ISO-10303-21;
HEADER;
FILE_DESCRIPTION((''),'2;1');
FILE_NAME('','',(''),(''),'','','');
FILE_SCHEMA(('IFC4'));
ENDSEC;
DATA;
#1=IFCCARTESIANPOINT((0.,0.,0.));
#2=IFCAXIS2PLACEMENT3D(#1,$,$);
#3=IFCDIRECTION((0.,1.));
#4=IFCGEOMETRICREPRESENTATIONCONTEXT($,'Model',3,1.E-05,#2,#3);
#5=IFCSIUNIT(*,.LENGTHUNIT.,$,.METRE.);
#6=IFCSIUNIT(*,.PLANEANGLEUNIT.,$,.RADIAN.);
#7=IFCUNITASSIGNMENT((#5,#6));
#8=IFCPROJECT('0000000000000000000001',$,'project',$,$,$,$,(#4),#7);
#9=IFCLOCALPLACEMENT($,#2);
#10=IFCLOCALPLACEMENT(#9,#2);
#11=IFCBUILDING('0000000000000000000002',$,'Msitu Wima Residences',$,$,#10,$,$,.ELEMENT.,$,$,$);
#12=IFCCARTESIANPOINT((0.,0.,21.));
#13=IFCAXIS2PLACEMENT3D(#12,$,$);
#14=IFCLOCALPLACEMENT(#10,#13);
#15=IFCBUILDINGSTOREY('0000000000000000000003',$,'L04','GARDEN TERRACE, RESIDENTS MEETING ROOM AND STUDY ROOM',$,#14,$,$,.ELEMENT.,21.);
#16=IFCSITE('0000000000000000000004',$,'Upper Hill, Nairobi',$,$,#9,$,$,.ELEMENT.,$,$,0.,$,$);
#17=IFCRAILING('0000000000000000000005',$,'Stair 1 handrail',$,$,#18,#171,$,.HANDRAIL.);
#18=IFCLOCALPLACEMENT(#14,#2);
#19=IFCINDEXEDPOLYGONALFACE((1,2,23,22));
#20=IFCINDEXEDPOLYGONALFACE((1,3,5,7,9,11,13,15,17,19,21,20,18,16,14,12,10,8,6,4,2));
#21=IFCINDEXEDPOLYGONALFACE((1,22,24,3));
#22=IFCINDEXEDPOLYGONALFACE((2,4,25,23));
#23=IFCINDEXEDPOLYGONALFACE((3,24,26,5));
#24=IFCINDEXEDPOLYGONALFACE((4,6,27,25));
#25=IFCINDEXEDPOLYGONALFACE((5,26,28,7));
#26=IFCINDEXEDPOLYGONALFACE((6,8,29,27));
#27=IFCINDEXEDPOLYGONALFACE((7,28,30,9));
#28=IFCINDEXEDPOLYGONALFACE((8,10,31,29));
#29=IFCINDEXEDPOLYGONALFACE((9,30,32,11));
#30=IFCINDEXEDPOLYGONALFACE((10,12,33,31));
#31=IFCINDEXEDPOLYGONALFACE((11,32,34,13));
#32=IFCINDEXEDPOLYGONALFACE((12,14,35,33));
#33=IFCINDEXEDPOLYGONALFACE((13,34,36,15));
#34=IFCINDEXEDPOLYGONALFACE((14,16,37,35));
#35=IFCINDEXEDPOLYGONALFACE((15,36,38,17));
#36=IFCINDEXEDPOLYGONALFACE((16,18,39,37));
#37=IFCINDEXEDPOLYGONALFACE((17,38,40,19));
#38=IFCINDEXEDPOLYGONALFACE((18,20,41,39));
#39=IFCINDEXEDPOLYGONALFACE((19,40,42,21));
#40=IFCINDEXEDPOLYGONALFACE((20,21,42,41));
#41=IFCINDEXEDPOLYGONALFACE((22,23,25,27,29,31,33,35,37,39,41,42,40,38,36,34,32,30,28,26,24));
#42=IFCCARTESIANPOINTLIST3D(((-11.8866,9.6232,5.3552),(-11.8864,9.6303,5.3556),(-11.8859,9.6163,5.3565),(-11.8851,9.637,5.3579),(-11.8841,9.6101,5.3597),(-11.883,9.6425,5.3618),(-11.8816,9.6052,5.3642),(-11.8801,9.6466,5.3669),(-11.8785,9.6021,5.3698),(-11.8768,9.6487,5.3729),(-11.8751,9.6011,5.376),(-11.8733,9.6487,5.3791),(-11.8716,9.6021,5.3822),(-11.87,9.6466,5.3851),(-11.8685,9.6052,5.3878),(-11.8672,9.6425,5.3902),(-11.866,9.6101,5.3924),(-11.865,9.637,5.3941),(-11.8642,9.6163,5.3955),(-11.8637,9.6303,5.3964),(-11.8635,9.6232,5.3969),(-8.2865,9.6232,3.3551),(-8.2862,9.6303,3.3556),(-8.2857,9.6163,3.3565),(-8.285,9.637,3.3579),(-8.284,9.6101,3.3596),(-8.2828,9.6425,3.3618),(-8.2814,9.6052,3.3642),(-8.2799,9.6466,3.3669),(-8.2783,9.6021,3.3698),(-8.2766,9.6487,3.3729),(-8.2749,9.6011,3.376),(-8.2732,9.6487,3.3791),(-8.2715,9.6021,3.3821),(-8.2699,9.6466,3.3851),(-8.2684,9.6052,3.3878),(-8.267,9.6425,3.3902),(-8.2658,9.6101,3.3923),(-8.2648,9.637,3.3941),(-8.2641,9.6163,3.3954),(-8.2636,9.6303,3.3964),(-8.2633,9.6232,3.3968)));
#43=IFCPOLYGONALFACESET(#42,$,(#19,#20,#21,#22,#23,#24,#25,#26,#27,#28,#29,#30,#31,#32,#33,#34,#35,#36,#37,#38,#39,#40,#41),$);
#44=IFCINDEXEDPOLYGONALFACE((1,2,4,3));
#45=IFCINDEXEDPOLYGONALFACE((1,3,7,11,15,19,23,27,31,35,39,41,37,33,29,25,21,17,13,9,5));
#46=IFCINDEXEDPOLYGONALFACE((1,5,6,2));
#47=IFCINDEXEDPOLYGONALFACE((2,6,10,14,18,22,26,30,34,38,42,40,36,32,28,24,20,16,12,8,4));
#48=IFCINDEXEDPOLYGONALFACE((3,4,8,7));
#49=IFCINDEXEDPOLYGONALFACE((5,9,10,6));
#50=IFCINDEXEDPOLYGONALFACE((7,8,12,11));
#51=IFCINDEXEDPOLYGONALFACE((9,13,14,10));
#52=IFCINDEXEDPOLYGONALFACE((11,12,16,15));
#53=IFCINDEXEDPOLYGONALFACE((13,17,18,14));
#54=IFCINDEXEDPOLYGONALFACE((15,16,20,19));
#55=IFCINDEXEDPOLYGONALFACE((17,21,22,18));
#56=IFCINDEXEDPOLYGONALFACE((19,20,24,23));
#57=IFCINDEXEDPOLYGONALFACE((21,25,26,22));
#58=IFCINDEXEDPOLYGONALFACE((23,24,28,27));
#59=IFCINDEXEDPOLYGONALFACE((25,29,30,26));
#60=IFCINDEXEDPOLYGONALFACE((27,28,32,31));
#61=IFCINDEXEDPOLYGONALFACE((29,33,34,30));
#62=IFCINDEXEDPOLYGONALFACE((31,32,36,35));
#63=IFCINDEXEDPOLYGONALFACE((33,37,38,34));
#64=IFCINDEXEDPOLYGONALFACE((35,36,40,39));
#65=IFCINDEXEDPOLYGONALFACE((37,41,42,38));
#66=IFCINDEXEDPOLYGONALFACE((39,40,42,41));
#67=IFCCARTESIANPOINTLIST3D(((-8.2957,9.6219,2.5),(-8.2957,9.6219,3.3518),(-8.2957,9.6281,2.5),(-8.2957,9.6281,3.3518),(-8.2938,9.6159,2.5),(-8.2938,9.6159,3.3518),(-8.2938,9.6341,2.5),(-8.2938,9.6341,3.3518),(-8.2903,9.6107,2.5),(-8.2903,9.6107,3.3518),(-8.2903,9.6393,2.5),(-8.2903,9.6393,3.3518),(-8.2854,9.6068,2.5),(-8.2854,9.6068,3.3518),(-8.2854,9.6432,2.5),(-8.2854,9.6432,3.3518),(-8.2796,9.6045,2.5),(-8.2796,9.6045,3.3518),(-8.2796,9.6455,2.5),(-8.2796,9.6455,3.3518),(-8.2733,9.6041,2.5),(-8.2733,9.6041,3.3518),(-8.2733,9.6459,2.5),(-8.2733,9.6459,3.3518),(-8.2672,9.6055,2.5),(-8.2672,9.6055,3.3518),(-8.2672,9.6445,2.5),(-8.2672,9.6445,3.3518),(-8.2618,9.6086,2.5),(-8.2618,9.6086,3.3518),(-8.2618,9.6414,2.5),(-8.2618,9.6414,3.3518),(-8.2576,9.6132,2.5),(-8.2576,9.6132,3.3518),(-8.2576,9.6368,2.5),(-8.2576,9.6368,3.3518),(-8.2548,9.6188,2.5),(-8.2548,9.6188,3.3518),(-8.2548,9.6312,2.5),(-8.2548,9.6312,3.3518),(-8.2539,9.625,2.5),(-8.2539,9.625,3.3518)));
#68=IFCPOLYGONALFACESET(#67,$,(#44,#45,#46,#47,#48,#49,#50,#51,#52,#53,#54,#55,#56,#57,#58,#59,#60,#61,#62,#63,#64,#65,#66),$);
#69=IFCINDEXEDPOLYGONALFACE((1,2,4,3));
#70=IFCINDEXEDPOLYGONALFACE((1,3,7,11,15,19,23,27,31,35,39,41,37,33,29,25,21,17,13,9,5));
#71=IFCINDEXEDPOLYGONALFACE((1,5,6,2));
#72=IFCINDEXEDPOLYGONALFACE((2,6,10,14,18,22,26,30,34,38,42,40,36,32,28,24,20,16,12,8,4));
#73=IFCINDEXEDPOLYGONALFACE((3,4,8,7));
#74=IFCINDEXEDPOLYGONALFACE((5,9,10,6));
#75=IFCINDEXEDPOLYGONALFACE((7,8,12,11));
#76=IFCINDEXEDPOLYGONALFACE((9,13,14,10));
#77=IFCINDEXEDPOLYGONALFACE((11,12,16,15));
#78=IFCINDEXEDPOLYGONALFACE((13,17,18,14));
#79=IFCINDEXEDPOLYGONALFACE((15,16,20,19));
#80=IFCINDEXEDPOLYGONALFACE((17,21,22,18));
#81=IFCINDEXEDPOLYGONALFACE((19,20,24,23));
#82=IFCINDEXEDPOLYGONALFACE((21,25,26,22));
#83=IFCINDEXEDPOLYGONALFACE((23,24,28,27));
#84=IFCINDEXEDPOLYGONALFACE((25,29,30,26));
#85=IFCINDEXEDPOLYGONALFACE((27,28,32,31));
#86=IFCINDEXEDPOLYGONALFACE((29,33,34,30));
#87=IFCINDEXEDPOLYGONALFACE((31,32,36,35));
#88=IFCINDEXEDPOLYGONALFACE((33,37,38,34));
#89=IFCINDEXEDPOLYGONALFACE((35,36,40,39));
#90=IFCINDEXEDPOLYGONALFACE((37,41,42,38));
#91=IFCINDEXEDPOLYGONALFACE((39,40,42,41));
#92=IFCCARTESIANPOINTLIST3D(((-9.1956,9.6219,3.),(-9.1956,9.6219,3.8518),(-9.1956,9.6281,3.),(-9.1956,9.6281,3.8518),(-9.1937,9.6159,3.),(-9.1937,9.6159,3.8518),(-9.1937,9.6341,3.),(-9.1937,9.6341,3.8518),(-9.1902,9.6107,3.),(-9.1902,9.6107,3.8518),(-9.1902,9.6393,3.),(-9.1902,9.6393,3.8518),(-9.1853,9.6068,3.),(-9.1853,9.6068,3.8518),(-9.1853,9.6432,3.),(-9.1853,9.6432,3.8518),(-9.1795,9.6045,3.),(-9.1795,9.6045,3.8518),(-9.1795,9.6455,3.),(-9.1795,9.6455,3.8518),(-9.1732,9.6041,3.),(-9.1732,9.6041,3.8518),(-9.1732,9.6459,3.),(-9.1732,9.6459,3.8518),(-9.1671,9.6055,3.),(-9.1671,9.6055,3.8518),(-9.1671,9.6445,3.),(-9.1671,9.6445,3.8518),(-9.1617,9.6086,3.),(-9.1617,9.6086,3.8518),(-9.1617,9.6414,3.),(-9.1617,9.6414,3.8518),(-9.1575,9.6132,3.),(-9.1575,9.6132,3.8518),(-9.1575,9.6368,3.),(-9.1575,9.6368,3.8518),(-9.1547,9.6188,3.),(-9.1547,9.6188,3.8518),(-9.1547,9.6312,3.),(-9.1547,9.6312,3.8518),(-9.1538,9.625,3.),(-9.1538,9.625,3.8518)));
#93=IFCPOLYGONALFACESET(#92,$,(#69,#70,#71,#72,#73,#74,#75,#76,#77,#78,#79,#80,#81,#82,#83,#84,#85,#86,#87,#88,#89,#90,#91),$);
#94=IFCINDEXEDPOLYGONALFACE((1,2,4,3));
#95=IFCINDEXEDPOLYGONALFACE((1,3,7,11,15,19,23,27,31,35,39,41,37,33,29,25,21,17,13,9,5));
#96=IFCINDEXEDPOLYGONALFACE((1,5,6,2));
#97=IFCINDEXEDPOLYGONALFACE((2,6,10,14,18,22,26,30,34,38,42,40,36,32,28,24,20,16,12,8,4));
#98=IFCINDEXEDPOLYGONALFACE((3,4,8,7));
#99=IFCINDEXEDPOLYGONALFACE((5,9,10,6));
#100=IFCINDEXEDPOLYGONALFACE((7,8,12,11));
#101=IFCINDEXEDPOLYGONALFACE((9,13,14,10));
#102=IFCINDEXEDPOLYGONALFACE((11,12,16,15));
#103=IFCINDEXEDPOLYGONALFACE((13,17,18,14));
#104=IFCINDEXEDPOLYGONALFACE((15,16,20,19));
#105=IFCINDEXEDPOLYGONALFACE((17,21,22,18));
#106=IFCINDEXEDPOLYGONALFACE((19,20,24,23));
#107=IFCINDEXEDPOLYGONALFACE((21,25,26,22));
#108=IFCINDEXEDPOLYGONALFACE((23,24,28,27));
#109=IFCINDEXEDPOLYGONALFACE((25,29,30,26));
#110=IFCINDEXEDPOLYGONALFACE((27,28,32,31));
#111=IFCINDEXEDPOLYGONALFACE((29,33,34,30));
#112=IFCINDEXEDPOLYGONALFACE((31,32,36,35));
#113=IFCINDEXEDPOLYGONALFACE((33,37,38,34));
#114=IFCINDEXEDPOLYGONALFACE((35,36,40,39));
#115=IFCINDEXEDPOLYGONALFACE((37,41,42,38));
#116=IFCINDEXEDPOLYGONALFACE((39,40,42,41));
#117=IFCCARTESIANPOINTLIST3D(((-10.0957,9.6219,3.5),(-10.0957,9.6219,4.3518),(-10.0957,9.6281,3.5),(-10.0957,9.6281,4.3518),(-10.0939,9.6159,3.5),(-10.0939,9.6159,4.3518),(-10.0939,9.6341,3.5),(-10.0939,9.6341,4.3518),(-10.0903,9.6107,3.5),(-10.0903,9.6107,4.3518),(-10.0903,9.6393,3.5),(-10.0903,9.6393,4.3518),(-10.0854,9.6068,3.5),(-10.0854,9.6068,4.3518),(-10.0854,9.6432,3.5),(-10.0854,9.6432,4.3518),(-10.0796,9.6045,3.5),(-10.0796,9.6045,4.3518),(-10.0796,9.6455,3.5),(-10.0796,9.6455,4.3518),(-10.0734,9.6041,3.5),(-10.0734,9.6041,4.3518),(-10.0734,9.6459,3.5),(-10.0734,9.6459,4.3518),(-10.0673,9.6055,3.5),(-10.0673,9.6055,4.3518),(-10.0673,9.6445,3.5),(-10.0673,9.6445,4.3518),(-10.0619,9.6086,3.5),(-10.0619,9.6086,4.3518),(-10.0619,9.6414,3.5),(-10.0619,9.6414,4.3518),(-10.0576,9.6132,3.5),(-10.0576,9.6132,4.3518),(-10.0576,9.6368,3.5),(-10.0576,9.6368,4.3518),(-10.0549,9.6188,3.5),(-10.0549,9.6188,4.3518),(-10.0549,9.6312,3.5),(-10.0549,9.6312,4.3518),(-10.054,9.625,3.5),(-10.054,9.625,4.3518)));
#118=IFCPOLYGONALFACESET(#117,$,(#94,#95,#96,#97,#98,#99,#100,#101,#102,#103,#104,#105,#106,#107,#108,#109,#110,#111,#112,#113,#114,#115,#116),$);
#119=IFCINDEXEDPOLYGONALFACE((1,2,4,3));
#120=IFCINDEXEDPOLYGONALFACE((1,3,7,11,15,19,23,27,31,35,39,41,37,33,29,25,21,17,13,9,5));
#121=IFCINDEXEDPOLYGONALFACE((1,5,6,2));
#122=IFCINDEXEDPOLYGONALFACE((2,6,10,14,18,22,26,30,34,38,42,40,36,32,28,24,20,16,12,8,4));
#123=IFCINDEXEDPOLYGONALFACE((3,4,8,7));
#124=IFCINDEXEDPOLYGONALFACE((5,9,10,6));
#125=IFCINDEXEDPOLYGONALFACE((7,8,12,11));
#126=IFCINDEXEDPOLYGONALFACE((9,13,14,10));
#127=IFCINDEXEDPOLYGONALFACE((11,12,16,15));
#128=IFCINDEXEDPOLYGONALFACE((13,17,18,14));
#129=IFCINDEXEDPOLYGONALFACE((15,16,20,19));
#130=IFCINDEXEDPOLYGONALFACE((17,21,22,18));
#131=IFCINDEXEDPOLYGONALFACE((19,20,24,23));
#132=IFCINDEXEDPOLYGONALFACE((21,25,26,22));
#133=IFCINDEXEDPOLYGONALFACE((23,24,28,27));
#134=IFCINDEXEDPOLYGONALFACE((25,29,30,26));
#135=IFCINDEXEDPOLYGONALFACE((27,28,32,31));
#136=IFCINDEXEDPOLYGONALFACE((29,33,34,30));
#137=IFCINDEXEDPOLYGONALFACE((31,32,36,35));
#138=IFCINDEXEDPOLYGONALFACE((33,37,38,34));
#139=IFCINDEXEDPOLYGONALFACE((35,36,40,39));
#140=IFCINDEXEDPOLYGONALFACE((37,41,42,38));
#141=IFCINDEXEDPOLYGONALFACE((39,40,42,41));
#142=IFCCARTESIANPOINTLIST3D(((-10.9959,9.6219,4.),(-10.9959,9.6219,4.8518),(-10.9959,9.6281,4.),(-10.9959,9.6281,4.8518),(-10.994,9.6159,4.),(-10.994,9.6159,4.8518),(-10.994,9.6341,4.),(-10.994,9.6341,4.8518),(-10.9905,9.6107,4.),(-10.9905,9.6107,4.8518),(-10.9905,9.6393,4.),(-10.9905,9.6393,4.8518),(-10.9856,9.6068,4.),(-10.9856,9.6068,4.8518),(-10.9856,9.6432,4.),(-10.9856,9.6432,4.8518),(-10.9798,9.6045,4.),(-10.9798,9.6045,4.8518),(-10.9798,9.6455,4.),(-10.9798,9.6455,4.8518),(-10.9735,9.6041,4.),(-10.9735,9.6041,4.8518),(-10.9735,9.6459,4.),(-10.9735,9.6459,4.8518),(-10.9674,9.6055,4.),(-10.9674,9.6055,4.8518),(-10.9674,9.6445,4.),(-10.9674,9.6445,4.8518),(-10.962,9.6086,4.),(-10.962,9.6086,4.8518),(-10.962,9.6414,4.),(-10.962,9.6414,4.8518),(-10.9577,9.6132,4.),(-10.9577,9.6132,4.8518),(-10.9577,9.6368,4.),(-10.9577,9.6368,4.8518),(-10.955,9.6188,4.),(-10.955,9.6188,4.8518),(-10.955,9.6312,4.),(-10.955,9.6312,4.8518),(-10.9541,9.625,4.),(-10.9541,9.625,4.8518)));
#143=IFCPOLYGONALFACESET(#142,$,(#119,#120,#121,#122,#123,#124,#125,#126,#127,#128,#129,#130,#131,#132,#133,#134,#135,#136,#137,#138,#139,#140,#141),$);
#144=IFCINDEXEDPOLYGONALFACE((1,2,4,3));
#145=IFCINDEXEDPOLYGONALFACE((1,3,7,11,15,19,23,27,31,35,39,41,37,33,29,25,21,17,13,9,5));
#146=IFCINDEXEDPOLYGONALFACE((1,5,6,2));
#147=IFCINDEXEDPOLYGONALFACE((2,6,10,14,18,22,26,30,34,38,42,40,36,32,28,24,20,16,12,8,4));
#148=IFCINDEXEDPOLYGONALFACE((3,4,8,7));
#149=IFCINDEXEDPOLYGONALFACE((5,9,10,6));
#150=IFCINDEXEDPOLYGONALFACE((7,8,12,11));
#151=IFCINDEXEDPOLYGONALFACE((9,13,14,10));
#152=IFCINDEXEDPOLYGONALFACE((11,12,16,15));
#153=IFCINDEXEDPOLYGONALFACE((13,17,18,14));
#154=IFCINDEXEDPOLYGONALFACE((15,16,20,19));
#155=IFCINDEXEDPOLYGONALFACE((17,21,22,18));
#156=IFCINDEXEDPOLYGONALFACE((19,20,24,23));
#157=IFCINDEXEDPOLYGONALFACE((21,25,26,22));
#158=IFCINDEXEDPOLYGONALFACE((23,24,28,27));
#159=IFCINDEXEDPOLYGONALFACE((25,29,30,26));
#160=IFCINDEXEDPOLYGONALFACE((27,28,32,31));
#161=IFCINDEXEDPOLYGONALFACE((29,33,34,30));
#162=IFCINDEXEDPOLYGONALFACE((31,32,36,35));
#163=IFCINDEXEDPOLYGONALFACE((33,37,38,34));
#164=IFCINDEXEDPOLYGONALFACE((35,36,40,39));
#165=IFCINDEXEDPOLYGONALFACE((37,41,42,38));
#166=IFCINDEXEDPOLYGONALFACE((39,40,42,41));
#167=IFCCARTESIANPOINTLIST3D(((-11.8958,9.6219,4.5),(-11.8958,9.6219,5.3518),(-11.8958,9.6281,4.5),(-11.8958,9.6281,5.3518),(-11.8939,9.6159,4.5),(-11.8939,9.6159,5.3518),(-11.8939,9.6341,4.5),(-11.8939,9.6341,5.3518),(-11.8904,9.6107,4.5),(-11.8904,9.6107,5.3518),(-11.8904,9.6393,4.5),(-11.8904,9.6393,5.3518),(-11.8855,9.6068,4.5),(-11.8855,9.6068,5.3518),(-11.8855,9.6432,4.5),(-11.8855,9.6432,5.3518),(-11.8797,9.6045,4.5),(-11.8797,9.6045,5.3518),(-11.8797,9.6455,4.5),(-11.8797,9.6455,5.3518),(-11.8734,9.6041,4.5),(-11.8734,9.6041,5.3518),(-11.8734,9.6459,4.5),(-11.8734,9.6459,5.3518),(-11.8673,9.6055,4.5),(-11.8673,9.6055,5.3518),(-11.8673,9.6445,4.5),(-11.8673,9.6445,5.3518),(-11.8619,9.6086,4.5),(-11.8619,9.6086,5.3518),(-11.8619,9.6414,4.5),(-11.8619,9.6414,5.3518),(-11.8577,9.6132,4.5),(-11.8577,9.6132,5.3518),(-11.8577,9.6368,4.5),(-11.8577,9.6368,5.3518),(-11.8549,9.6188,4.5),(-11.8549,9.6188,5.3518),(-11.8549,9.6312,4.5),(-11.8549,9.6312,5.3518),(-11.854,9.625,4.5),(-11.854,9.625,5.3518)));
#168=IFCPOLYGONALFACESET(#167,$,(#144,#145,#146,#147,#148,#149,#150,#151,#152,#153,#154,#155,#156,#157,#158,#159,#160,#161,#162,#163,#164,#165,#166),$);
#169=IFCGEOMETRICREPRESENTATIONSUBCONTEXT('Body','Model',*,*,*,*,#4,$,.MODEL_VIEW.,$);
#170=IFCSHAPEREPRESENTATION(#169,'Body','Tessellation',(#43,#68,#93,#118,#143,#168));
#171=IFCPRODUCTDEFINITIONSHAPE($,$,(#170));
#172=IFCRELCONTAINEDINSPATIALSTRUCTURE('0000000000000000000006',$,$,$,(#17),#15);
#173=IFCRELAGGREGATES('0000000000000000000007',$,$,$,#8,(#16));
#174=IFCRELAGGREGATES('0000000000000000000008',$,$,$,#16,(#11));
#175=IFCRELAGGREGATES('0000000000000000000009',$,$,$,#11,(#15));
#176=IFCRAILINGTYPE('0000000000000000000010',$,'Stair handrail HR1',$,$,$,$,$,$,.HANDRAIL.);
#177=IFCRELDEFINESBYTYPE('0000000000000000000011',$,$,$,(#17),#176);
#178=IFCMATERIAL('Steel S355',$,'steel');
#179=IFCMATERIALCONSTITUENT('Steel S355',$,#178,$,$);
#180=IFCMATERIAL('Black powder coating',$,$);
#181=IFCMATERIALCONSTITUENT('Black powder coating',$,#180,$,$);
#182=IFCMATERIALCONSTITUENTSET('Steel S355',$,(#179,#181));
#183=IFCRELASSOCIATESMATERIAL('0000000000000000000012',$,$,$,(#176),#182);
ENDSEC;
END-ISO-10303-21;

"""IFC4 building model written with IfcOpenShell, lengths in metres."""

from ifc_helpers import new_model, si_unit, direction, frame, origin, origin_2d, place, context, subcontext, project, spatial, circle, extrude, material, constituent, constituent_set, type_object, element, save


model = new_model("IFC4")

# Units and contexts
model_context = context("Model", 3, precision=1e-05, world=origin(), true_north=direction((0.0, 1.0)))
body_context = subcontext(model_context, "Body", "Model", "MODEL_VIEW")
ifc_project = project(units=[si_unit("LENGTHUNIT", "METRE"), si_unit("PLANEANGLEUNIT", "RADIAN")], contexts=[model_context])

# Site, building, storey
site_placement = place(None, origin())
site = spatial("IfcSite", under=ifc_project, at=site_placement, Name="Upper Hill, Nairobi", CompositionType="ELEMENT", RefElevation=0.0)
building_placement = place(site_placement, origin())
building = spatial("IfcBuilding", under=site, at=building_placement, Name="Msitu Wima Residences", CompositionType="ELEMENT")
storey_placement = place(building_placement, frame((0.0, 0.0, 21.0)))
storey = spatial("IfcBuildingStorey", under=building, at=storey_placement, Name="L04", Description="GARDEN TERRACE, RESIDENTS MEETING ROOM AND STUDY ROOM", CompositionType="ELEMENT", Elevation=21.0)

# Railing
ifc_material_1 = material(Name="Steel S355", Category="steel")
ifc_constituent_1 = constituent(ifc_material_1, Name="Steel S355")
ifc_material_2 = material(Name="Black powder coating")
ifc_constituent_2 = constituent(ifc_material_2, Name="Black powder coating")
ifc_constituent_set = constituent_set(constituents=[ifc_constituent_1, ifc_constituent_2], Name="Steel S355")
railing_type = type_object("IfcRailingType", Name="Stair handrail HR1", PredefinedType="HANDRAIL", material=ifc_constituent_set)
for number, where, name in (
    (1, (-8.2749, 9.625, 2.5), "Stair 1 handrail"),
):
    element("IfcRailing", number, at=place(storey_placement, frame(where)), inside=storey, type_object=railing_type, Name=name, PredefinedType="HANDRAIL", context=body_context, shape_type="SweptSolid", body=[
        extrude(circle(Radius=0.0239, at=origin_2d()), frame((0.0, 0.0, 0.876), z_axis=(-0.874163, 0.0, 0.485633), x_axis=(0.0, -1.0, 0.0)), (0.0, 0.0, 1.0), 4.1184),
        extrude(circle(Radius=0.021, at=origin_2d()), origin(), (0.0, 0.0, 1.0), 0.8518),
        extrude(circle(Radius=0.021, at=origin_2d()), frame((-0.8999, 0.0, 0.5)), (0.0, 0.0, 1.0), 0.8518),
        extrude(circle(Radius=0.021, at=origin_2d()), frame((-1.8, 0.0, 1.0)), (0.0, 0.0, 1.0), 0.8518),
        extrude(circle(Radius=0.021, at=origin_2d()), frame((-2.7002, 0.0, 1.5)), (0.0, 0.0, 1.0), 0.8518),
        extrude(circle(Radius=0.021, at=origin_2d()), frame((-3.6001, 0.0, 2.0)), (0.0, 0.0, 1.0), 0.8518),
    ])

save(model, "model.ifc")
